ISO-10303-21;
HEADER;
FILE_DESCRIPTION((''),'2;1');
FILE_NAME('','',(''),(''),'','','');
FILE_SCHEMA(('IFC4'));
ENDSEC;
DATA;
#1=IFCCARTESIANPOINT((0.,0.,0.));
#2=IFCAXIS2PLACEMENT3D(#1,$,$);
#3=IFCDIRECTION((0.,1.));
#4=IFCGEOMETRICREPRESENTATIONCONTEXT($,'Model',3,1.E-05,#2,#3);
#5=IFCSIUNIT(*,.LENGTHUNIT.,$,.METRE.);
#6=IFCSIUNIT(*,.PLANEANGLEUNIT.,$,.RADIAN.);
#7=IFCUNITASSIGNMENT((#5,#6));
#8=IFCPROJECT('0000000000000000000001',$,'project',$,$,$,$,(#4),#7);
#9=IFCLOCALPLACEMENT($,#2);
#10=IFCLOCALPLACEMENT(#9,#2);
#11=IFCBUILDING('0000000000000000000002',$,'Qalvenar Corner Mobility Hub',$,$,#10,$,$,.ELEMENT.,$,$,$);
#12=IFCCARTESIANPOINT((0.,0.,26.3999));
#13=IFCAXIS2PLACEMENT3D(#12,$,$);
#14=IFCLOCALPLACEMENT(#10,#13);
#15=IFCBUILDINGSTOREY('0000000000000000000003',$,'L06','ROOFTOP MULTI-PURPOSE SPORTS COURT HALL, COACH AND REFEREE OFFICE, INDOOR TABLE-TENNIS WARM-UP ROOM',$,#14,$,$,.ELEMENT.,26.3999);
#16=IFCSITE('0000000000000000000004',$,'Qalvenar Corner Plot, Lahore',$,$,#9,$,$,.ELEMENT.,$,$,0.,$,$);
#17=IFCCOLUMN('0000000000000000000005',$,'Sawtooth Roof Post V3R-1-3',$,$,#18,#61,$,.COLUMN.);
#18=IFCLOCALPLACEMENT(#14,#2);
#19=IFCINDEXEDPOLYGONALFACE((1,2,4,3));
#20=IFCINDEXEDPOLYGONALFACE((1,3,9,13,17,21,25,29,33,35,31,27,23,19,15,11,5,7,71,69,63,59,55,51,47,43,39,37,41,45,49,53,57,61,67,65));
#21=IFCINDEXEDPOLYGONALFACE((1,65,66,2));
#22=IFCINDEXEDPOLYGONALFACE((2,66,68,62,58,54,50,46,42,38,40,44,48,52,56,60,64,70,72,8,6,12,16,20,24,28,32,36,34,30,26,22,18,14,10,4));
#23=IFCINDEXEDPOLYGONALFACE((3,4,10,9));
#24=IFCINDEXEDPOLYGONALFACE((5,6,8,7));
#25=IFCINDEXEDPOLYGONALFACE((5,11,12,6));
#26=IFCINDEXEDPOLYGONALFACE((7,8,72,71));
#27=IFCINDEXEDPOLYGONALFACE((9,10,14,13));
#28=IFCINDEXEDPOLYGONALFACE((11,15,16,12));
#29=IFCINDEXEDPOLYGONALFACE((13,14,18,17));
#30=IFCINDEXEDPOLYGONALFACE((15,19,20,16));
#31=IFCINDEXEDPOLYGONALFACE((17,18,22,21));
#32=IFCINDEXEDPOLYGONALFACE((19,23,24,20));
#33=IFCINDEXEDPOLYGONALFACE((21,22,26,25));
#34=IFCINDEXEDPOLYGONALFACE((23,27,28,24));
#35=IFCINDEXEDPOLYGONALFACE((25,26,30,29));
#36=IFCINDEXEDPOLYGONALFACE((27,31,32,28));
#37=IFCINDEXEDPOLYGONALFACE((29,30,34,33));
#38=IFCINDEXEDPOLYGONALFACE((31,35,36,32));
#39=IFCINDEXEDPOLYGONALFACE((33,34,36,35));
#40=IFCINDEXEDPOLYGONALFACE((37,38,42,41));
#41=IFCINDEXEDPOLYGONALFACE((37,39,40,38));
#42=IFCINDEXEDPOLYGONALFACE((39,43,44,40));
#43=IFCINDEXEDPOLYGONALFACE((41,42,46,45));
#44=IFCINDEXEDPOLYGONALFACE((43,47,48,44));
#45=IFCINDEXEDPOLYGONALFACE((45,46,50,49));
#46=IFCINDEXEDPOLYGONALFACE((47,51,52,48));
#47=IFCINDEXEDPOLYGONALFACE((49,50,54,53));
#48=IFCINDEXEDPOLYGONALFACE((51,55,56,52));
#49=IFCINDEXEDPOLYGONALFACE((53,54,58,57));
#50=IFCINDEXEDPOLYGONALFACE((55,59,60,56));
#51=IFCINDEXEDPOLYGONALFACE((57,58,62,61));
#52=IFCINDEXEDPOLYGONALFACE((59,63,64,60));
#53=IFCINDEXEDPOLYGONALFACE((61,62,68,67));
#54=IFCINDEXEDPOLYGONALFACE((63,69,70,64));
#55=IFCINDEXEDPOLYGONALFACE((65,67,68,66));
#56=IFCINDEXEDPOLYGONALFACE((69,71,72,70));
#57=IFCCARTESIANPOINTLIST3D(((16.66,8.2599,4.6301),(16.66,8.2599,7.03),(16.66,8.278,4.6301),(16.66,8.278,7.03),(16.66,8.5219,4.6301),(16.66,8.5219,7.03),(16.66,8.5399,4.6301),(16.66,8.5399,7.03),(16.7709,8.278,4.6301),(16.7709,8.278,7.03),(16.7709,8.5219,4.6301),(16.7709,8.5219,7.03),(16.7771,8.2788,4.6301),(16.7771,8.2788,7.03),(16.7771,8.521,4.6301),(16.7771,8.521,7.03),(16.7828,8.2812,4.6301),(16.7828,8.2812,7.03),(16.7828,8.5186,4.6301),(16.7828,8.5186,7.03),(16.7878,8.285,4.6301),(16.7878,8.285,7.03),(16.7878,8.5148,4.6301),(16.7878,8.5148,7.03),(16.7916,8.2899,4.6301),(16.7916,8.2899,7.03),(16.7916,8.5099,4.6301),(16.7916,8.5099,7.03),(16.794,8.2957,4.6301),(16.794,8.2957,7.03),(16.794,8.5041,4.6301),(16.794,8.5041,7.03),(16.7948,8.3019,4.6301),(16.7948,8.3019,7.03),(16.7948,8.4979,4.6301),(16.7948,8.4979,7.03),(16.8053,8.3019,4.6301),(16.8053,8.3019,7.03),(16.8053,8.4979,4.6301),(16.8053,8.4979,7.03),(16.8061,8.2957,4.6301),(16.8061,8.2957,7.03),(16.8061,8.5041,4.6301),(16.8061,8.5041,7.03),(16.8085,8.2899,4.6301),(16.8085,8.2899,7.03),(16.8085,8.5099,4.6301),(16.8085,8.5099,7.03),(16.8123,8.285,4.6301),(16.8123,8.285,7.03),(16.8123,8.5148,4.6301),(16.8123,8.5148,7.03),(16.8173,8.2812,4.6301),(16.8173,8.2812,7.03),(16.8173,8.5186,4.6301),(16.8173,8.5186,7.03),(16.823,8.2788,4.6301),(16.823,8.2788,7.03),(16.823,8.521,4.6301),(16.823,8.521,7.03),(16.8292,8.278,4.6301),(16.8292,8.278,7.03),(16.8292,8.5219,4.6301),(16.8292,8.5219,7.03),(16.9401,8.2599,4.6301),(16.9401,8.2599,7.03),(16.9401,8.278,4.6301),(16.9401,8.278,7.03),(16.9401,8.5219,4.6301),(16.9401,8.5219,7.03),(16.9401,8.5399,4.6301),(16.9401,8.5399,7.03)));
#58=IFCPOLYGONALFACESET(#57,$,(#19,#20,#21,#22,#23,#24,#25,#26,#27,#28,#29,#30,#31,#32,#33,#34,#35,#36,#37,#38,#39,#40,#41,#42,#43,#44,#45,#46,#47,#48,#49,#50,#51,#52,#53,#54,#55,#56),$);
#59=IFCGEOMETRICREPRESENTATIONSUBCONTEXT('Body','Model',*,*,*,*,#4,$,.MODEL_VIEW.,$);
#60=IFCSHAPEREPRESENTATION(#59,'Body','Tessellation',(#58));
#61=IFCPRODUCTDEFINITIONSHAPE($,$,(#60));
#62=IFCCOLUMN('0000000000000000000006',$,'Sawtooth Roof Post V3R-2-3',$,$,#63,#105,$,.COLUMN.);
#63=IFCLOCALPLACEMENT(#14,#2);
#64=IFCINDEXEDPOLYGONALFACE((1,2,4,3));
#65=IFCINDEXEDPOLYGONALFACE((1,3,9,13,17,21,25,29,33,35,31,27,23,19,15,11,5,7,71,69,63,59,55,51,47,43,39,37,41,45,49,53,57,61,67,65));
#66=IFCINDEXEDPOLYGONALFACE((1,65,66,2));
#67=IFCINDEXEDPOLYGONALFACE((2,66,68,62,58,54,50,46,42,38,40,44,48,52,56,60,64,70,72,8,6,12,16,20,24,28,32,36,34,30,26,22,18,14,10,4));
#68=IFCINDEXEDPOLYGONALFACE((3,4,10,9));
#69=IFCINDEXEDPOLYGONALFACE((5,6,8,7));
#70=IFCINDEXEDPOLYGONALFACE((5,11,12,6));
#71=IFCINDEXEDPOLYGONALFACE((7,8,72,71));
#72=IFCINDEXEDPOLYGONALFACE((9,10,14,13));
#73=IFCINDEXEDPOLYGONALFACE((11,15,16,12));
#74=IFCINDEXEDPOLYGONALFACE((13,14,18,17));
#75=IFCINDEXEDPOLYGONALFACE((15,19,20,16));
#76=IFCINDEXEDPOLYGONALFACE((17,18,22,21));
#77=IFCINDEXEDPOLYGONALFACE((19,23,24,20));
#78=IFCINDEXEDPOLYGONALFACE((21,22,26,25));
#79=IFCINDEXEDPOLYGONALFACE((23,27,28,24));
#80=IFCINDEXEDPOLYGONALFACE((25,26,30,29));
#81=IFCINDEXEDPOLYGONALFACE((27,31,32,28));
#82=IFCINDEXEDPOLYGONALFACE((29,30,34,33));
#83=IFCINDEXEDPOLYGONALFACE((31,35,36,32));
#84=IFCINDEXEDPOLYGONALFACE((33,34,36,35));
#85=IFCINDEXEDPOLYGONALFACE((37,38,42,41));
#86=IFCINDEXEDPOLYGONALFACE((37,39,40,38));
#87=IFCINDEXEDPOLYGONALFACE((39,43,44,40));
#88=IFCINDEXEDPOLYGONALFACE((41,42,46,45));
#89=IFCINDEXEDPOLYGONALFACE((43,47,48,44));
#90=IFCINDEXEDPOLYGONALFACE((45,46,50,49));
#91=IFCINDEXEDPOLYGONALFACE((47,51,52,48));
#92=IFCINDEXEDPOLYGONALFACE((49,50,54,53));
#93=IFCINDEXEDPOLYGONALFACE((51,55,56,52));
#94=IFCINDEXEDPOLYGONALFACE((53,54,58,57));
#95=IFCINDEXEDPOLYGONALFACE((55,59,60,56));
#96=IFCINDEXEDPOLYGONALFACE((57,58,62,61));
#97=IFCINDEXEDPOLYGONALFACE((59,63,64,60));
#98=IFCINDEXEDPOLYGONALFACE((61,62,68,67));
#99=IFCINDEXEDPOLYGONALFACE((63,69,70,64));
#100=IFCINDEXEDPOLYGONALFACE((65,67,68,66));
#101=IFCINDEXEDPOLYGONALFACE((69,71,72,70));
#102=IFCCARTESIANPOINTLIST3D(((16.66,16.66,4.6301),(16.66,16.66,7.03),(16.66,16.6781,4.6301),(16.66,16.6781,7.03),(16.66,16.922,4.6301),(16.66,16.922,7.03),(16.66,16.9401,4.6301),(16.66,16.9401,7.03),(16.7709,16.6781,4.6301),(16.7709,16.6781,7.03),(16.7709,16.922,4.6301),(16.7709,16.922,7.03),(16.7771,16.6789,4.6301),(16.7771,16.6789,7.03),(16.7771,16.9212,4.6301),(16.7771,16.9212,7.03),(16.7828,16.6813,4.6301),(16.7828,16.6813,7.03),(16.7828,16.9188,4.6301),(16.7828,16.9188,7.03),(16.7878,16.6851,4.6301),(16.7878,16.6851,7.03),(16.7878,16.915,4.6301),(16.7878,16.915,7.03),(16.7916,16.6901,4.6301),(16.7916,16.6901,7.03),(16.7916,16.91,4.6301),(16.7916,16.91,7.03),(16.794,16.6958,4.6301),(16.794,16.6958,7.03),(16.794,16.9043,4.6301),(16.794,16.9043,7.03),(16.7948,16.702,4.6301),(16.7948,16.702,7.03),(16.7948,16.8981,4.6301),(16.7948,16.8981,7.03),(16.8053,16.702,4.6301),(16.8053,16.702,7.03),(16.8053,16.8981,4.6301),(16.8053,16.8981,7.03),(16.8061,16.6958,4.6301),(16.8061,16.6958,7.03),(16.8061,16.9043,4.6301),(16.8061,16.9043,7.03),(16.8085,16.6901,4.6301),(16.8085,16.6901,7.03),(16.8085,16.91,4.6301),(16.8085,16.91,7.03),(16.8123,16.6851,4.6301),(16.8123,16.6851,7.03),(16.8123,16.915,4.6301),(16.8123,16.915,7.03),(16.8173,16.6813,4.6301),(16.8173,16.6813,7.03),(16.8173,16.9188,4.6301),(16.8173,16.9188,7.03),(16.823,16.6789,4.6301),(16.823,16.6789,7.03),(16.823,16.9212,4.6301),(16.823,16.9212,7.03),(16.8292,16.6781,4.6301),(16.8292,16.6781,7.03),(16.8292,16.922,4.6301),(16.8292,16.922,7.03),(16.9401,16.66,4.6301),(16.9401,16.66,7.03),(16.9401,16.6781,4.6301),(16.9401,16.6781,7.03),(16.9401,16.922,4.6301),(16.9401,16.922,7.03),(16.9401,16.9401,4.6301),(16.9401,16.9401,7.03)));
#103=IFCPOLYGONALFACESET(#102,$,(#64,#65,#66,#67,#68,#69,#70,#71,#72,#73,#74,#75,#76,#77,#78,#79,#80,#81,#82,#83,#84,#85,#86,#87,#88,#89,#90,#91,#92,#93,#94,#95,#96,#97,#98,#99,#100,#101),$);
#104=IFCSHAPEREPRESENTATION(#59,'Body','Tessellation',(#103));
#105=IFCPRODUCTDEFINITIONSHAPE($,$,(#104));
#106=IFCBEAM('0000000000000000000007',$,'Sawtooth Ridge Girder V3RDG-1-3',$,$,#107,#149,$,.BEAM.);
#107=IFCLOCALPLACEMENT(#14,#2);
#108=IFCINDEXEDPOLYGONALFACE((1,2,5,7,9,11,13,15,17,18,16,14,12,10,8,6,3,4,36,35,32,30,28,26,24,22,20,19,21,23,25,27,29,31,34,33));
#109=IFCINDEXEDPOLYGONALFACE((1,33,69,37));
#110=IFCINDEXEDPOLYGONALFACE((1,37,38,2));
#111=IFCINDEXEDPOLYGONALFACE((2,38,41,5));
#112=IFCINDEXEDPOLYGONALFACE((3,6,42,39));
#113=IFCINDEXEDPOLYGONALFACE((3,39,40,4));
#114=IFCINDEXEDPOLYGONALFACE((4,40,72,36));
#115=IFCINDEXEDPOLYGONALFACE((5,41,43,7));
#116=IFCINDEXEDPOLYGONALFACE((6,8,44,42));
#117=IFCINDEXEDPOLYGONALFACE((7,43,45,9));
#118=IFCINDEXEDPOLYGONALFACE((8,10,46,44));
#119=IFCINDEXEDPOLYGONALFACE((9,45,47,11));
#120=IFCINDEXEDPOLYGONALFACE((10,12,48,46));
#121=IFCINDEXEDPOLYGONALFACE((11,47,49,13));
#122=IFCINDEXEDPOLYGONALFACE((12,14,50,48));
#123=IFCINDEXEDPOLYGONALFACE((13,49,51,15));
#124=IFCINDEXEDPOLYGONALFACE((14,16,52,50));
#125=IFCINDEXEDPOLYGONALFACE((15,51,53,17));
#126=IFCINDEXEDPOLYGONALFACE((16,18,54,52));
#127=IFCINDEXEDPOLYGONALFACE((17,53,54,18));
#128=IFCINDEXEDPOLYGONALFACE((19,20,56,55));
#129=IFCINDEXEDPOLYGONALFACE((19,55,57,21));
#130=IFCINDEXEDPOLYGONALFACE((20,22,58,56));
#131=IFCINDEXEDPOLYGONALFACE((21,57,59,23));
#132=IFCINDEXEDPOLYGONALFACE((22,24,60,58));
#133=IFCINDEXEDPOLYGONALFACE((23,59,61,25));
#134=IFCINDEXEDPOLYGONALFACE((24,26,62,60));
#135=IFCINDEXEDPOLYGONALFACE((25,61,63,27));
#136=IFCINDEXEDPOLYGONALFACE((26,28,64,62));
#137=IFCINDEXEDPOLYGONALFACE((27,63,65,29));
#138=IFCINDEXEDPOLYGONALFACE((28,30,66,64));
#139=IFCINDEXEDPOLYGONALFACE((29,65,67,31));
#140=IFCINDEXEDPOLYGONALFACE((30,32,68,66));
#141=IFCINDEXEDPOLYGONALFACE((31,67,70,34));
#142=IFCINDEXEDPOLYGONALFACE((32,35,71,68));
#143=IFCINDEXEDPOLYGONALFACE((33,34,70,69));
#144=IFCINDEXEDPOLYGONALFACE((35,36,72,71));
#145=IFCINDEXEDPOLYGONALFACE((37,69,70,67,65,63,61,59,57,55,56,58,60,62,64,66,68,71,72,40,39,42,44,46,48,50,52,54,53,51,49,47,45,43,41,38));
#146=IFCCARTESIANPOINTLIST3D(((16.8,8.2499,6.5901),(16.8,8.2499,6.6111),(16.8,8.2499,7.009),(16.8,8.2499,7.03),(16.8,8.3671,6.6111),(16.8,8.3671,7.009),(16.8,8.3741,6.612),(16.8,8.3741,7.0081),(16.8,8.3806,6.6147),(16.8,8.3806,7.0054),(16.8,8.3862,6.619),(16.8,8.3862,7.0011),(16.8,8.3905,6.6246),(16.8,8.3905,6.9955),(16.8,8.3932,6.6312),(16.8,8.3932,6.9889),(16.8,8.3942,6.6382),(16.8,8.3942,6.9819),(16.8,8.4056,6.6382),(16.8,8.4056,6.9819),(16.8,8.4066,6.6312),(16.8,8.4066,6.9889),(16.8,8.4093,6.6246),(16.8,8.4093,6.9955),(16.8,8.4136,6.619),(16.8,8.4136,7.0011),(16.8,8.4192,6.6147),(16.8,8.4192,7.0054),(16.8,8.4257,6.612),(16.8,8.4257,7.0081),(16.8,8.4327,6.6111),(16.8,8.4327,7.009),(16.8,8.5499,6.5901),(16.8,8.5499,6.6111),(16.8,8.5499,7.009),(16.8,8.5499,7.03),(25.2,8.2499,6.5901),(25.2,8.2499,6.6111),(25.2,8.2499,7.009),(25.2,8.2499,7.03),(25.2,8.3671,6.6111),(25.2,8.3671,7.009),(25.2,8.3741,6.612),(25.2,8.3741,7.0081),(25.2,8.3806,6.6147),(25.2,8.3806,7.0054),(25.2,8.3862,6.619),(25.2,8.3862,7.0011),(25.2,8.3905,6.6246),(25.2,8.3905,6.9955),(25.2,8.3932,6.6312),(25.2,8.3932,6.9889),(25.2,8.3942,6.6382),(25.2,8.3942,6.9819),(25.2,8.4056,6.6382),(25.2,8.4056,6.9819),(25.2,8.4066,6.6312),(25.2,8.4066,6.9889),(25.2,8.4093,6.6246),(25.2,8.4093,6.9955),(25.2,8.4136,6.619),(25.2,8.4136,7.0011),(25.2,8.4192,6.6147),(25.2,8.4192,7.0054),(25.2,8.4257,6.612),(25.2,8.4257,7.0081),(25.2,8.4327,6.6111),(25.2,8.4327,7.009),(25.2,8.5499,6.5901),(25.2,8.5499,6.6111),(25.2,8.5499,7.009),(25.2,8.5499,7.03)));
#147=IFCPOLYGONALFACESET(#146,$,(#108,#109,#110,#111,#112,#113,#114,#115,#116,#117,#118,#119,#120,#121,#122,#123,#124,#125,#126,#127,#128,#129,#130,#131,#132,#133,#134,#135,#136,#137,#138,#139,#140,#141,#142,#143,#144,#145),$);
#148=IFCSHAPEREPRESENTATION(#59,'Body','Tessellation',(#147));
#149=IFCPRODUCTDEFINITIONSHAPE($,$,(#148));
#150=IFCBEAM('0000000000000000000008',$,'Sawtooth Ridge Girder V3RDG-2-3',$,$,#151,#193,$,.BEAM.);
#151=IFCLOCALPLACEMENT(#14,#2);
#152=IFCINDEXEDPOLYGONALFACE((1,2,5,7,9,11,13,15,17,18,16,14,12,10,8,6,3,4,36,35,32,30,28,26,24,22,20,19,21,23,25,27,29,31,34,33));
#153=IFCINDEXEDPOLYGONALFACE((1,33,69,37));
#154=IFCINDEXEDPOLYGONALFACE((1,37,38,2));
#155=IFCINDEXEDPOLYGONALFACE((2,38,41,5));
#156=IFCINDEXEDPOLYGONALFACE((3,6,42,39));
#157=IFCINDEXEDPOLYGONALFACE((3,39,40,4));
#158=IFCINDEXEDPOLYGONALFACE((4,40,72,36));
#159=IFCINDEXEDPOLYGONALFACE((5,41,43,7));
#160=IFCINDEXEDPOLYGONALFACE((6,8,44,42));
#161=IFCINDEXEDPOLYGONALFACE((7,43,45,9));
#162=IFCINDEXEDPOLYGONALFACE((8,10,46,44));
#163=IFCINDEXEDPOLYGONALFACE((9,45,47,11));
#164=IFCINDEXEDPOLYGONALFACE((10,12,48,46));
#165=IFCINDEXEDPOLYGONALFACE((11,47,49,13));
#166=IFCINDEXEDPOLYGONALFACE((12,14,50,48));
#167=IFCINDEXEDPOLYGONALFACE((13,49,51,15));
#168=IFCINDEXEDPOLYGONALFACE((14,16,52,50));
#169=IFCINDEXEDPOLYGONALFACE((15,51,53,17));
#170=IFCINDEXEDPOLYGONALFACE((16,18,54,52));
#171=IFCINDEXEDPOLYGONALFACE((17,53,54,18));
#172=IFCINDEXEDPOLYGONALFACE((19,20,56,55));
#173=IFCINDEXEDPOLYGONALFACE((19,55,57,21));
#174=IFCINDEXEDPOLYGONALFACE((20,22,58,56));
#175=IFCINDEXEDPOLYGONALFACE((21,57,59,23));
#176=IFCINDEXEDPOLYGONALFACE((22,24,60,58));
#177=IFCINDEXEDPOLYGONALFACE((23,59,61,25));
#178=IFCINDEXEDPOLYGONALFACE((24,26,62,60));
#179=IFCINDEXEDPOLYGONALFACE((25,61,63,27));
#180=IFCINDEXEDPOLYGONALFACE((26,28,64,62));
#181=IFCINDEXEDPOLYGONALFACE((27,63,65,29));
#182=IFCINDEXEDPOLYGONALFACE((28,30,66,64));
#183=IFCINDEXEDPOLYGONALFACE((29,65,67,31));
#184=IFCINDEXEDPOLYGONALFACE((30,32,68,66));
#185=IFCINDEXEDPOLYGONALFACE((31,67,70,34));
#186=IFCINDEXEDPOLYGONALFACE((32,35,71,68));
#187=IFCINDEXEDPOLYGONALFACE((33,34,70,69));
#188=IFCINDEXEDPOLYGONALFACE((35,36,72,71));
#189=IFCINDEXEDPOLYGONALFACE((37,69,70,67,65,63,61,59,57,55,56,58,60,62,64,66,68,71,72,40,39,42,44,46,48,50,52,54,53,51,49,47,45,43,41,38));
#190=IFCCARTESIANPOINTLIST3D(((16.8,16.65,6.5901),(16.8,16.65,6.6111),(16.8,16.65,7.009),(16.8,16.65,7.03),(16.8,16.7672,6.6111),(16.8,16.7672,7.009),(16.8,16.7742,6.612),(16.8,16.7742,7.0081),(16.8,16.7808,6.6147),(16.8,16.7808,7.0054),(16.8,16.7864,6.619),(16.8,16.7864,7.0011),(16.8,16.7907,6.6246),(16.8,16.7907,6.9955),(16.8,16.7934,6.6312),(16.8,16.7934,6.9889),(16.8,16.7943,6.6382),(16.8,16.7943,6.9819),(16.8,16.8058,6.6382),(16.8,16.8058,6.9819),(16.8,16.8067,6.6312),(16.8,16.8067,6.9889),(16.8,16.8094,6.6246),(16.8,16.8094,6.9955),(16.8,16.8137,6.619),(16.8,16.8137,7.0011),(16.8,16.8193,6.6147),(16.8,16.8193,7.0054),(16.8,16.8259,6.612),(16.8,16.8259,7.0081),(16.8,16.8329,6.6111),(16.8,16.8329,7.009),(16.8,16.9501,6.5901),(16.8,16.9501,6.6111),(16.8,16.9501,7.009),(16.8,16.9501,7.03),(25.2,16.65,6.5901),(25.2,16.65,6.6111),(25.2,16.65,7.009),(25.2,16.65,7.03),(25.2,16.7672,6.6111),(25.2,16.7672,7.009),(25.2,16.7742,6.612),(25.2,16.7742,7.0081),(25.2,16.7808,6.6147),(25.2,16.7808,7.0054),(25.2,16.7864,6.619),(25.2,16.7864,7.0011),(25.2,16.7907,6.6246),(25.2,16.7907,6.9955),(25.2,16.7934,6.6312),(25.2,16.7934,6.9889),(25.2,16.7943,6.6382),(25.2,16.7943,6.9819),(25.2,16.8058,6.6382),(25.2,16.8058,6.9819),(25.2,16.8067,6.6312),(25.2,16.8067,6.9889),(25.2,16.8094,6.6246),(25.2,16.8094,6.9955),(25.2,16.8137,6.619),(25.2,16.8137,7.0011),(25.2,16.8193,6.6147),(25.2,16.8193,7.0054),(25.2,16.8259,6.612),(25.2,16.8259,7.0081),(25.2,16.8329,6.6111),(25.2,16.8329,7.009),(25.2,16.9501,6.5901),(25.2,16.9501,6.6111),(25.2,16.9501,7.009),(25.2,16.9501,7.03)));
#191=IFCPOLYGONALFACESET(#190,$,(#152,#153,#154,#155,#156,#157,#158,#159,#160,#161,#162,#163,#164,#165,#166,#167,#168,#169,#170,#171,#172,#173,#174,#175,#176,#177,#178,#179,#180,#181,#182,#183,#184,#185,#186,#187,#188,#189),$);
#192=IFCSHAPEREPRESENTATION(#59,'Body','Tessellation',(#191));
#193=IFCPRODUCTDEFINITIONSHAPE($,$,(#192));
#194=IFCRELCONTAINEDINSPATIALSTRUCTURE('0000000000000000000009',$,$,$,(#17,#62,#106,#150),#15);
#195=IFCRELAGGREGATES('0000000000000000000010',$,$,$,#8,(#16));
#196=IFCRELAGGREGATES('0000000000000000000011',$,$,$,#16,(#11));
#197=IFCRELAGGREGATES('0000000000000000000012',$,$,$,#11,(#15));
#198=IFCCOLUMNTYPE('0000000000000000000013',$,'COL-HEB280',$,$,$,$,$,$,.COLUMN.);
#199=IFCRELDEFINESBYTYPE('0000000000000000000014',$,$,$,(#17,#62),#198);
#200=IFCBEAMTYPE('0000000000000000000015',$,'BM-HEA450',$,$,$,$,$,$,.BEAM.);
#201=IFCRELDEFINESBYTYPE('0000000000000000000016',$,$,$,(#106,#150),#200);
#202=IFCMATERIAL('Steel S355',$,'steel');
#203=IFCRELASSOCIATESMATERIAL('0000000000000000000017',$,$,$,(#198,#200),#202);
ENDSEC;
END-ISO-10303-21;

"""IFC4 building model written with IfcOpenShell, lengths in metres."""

from ifc_helpers import new_model, si_unit, direction, frame, origin, origin_2d, place, context, subcontext, project, spatial, i_section, extrude, material, material_profile, profile_set, type_object, element, save


model = new_model("IFC4")

# Units and contexts
model_context = context("Model", 3, precision=1e-05, world=origin(), true_north=direction((0.0, 1.0)))
body_context = subcontext(model_context, "Body", "Model", "MODEL_VIEW")
ifc_project = project(units=[si_unit("LENGTHUNIT", "METRE"), si_unit("PLANEANGLEUNIT", "RADIAN")], contexts=[model_context])

# Site, building, storey
site_placement = place(None, origin())
site = spatial("IfcSite", under=ifc_project, at=site_placement, Name="Qalvenar Corner Plot, Lahore", CompositionType="ELEMENT", RefElevation=0.0)
building_placement = place(site_placement, origin())
building = spatial("IfcBuilding", under=site, at=building_placement, Name="Qalvenar Corner Mobility Hub", CompositionType="ELEMENT")
storey_placement = place(building_placement, frame((0.0, 0.0, 26.3999)))
storey = spatial("IfcBuildingStorey", under=building, at=storey_placement, Name="L06", Description="ROOFTOP MULTI-PURPOSE SPORTS COURT HALL, COACH AND REFEREE OFFICE, INDOOR TABLE-TENNIS WARM-UP ROOM", CompositionType="ELEMENT", Elevation=26.3999)

# Columns
ifc_material_1 = material(Name="Steel S355", Category="steel")
ifc_material_profile_1 = material_profile(ifc_material_1, i_section(OverallWidth=0.28, OverallDepth=0.28, WebThickness=0.0105, FlangeThickness=0.0181, FilletRadius=0.0239, at=origin_2d()), Name="HEB280")
ifc_profile_set_1 = profile_set([ifc_material_profile_1], Name="Steel S355")
column_type = type_object("IfcColumnType", Name="COL-HEB280", PredefinedType="COLUMN", material=ifc_profile_set_1)
for number, where, z_axis, x_axis, name in (
    (1, (16.8, 8.3999, 4.6301), (0.0, 0.0, 1.0), (1.0, 0.0, 0.0), "Sawtooth Roof Post V3R-1-3"),
    (2, (16.8, 16.8, 4.6301), (0.0, 0.0, 1.0), (1.0, 0.0, 0.0), "Sawtooth Roof Post V3R-2-3"),
):
    element("IfcColumn", number, at=place(storey_placement, frame(where, z_axis=z_axis, x_axis=x_axis)), inside=storey, type_object=column_type, Name=name, PredefinedType="COLUMN", context=body_context, shape_type="SweptSolid", body=[
        extrude(i_section(OverallWidth=0.28, OverallDepth=0.28, WebThickness=0.0105, FlangeThickness=0.0181, FilletRadius=0.0239, at=origin_2d()), origin(), (0.0, 0.0, 1.0), 2.3999),
    ])

# Beams
ifc_material_profile_2 = material_profile(ifc_material_1, i_section(OverallWidth=0.3, OverallDepth=0.4399, WebThickness=0.0115, FlangeThickness=0.021, FilletRadius=0.0271, at=origin_2d()), Name="HEA450")
ifc_profile_set_2 = profile_set([ifc_material_profile_2], Name="Steel S355")
beam_type_1 = type_object("IfcBeamType", Name="BM-HEA450", PredefinedType="BEAM", material=ifc_profile_set_2)
for number, where, z_axis, x_axis, name in (
    (3, (16.8, 8.3999, 6.8101), (1.0, 0.0, 0.0), (0.0, 1.0, 0.0), "Sawtooth Ridge Girder V3RDG-1-3"),
    (4, (16.8, 16.8, 6.8101), (1.0, 0.0, 0.0), (0.0, 1.0, 0.0), "Sawtooth Ridge Girder V3RDG-2-3"),
):
    element("IfcBeam", number, at=place(storey_placement, frame(where, z_axis=z_axis, x_axis=x_axis)), inside=storey, type_object=beam_type_1, Name=name, PredefinedType="BEAM", context=body_context, shape_type="SweptSolid", body=[
        extrude(i_section(OverallWidth=0.3, OverallDepth=0.4399, WebThickness=0.0115, FlangeThickness=0.021, FilletRadius=0.0271, at=origin_2d()), origin(), (0.0, 0.0, 1.0), 8.3999),
    ])

save(model, "model.ifc")
